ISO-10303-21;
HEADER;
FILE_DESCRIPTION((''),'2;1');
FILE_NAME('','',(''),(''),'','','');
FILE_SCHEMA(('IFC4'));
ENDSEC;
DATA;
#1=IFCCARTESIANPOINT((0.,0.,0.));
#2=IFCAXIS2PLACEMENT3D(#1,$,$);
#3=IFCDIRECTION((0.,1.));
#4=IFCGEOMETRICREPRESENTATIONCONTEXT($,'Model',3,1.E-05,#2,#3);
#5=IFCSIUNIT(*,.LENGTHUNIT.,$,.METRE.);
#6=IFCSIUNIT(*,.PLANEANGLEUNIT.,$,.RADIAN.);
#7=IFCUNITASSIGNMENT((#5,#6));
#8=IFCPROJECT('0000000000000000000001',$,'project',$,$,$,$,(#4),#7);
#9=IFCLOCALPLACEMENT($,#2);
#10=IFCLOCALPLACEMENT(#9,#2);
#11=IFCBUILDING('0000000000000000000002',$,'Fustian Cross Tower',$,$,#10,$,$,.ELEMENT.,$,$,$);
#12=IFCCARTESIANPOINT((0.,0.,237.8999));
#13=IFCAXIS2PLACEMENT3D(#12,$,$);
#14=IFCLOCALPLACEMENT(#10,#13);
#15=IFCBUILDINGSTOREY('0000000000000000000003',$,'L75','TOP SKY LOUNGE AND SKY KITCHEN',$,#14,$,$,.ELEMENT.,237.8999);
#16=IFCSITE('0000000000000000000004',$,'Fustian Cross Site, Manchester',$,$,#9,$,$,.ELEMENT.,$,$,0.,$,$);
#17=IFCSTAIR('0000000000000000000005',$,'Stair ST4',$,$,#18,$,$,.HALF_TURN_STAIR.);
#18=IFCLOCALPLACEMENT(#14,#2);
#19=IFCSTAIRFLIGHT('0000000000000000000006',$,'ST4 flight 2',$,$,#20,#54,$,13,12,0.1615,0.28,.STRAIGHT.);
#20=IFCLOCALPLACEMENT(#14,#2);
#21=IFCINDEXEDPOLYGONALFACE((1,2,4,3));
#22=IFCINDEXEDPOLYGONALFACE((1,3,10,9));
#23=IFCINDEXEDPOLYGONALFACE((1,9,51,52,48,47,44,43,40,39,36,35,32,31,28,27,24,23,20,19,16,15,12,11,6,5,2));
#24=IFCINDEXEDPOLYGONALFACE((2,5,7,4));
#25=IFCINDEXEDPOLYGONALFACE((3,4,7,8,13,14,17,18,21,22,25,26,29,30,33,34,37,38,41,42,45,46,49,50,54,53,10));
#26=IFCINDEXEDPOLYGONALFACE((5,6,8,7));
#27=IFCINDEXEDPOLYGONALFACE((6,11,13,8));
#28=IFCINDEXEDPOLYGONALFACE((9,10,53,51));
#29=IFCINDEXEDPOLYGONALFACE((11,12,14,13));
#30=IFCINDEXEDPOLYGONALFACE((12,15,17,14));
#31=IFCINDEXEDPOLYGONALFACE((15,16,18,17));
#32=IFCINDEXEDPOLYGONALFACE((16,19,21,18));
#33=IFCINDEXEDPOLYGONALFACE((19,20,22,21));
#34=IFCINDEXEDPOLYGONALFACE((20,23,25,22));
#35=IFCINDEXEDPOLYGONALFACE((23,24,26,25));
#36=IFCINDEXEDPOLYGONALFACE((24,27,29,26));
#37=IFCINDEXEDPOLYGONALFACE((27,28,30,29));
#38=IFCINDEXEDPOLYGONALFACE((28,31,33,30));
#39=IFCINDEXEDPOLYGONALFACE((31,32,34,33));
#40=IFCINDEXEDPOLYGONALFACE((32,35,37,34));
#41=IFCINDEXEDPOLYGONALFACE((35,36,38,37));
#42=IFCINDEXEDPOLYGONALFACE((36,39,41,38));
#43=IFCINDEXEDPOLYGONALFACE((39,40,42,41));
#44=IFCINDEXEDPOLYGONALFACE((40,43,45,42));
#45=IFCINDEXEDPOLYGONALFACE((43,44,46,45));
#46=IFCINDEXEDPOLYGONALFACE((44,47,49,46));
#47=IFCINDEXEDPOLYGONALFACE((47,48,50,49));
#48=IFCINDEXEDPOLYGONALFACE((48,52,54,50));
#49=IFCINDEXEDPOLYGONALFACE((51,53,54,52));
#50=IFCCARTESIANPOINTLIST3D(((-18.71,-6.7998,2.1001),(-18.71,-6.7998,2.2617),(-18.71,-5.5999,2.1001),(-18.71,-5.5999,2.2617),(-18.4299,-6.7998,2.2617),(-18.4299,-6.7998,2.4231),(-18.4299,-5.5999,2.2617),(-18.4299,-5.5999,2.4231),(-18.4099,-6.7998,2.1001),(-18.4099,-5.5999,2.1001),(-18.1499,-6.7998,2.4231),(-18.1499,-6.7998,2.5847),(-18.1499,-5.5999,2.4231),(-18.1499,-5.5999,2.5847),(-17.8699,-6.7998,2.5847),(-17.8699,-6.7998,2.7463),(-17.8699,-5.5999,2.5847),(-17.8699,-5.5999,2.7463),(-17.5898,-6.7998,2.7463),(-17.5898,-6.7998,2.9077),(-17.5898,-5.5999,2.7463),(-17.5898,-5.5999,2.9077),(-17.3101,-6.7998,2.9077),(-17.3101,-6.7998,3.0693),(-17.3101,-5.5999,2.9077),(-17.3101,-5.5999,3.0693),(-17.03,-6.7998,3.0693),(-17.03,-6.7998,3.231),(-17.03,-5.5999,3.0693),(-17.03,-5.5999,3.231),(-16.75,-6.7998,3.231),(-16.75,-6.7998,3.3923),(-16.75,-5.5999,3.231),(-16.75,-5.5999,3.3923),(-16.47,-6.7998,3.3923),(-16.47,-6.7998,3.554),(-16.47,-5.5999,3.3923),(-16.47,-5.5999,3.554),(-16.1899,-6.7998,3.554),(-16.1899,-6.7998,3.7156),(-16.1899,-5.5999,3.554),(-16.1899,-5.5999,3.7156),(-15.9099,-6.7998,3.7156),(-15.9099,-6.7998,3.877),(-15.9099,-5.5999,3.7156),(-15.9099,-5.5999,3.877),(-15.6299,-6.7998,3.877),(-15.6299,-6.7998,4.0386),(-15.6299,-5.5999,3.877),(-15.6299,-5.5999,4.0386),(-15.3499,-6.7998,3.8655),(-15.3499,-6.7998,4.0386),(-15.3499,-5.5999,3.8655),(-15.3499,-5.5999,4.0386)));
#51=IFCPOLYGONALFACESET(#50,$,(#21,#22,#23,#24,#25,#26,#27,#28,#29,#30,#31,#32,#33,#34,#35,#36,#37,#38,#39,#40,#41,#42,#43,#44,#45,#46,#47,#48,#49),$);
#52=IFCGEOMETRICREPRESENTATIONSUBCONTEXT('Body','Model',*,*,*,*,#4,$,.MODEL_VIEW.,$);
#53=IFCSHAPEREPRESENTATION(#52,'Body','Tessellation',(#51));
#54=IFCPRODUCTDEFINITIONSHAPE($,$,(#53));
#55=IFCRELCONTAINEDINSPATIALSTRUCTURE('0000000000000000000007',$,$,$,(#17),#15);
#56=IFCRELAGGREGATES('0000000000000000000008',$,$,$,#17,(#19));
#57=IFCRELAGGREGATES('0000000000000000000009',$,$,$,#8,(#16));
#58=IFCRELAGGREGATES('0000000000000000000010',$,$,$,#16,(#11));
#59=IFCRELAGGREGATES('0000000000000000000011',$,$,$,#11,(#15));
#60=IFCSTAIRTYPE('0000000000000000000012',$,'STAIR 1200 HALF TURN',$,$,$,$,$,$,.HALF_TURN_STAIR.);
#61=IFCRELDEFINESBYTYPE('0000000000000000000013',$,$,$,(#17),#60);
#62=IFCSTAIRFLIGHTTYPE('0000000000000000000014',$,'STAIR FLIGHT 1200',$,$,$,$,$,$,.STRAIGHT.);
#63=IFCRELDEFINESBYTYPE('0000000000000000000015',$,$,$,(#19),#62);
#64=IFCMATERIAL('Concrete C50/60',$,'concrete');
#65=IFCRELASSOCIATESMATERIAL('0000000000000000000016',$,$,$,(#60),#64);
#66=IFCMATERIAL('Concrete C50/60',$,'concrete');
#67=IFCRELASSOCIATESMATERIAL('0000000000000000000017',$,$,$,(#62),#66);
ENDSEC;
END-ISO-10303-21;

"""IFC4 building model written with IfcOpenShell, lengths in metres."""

from ifc_helpers import new_model, si_unit, direction, frame, origin, place, context, subcontext, project, spatial, polyline, outline, extrude, material, type_object, element, aggregate, save


model = new_model("IFC4")

# Units and contexts
model_context = context("Model", 3, precision=1e-05, world=origin(), true_north=direction((0.0, 1.0)))
body_context = subcontext(model_context, "Body", "Model", "MODEL_VIEW")
ifc_project = project(units=[si_unit("LENGTHUNIT", "METRE"), si_unit("PLANEANGLEUNIT", "RADIAN")], contexts=[model_context])

# Site, building, storey
site_placement = place(None, origin())
site = spatial("IfcSite", under=ifc_project, at=site_placement, Name="Fustian Cross Site, Manchester", CompositionType="ELEMENT", RefElevation=0.0)
building_placement = place(site_placement, origin())
building = spatial("IfcBuilding", under=site, at=building_placement, Name="Fustian Cross Tower", CompositionType="ELEMENT")
storey_placement = place(building_placement, frame((0.0, 0.0, 237.8999)))
storey = spatial("IfcBuildingStorey", under=building, at=storey_placement, Name="L75", Description="TOP SKY LOUNGE AND SKY KITCHEN", CompositionType="ELEMENT", Elevation=237.8999)

# Stair, stair flight
ifc_material_1 = material(Name="Concrete C50/60", Category="concrete")
stair_type = type_object("IfcStairType", Name="STAIR 1200 HALF TURN", PredefinedType="HALF_TURN_STAIR", material=ifc_material_1)
stair_placement = place(storey_placement, origin())
stair = element("IfcStair", 1, at=stair_placement, inside=storey, type_object=stair_type, Name="Stair ST4", PredefinedType="HALF_TURN_STAIR")
ifc_material_2 = material(Name="Concrete C50/60", Category="concrete")
stair_flight_type = type_object("IfcStairFlightType", Name="STAIR FLIGHT 1200", PredefinedType="STRAIGHT", material=ifc_material_2)
stair_flight_placement = place(storey_placement, frame((-18.71, -6.2, 2.1001), z_axis=(0.0, 0.0, 1.0), x_axis=(1.0, 0.0, 0.0)))
stair_flight = element("IfcStairFlight", 2, at=stair_flight_placement, type_object=stair_flight_type, Name="ST4 flight 2", NumberOfRisers=13, NumberOfTreads=12, PredefinedType="STRAIGHT", RiserHeight=0.1615, TreadLength=0.28, context=body_context, shape_type="SweptSolid", body=[
    extrude(outline(polyline([(0.0, 0.0), (0.0, 0.1616), (0.28, 0.1616), (0.28, 0.323), (0.5601, 0.323), (0.5601, 0.4846), (0.8401, 0.4846), (0.8401, 0.6462), (1.1201, 0.6462), (1.1201, 0.8076), (1.3999, 0.8076), (1.3999, 0.9692), (1.6799, 0.9692), (1.6799, 1.1309), (1.96, 1.1309), (1.96, 1.2922), (2.24, 1.2922), (2.24, 1.4539), (2.52, 1.4539), (2.52, 1.6155), (2.8, 1.6155), (2.8, 1.7769), (3.0801, 1.7769), (3.0801, 1.9385), (3.3601, 1.9385), (3.3601, 2.1001), (3.3601, 1.7654), (0.3, 0.0), (0.0, 0.0)])), frame((0.0, 0.6001, 0.0), z_axis=(0.0, -1.0, 0.0), x_axis=(1.0, 0.0, 0.0)), (0.0, 0.0, 1.0), 1.2),
])
aggregate(stair, [stair_flight])

save(model, "model.ifc")
